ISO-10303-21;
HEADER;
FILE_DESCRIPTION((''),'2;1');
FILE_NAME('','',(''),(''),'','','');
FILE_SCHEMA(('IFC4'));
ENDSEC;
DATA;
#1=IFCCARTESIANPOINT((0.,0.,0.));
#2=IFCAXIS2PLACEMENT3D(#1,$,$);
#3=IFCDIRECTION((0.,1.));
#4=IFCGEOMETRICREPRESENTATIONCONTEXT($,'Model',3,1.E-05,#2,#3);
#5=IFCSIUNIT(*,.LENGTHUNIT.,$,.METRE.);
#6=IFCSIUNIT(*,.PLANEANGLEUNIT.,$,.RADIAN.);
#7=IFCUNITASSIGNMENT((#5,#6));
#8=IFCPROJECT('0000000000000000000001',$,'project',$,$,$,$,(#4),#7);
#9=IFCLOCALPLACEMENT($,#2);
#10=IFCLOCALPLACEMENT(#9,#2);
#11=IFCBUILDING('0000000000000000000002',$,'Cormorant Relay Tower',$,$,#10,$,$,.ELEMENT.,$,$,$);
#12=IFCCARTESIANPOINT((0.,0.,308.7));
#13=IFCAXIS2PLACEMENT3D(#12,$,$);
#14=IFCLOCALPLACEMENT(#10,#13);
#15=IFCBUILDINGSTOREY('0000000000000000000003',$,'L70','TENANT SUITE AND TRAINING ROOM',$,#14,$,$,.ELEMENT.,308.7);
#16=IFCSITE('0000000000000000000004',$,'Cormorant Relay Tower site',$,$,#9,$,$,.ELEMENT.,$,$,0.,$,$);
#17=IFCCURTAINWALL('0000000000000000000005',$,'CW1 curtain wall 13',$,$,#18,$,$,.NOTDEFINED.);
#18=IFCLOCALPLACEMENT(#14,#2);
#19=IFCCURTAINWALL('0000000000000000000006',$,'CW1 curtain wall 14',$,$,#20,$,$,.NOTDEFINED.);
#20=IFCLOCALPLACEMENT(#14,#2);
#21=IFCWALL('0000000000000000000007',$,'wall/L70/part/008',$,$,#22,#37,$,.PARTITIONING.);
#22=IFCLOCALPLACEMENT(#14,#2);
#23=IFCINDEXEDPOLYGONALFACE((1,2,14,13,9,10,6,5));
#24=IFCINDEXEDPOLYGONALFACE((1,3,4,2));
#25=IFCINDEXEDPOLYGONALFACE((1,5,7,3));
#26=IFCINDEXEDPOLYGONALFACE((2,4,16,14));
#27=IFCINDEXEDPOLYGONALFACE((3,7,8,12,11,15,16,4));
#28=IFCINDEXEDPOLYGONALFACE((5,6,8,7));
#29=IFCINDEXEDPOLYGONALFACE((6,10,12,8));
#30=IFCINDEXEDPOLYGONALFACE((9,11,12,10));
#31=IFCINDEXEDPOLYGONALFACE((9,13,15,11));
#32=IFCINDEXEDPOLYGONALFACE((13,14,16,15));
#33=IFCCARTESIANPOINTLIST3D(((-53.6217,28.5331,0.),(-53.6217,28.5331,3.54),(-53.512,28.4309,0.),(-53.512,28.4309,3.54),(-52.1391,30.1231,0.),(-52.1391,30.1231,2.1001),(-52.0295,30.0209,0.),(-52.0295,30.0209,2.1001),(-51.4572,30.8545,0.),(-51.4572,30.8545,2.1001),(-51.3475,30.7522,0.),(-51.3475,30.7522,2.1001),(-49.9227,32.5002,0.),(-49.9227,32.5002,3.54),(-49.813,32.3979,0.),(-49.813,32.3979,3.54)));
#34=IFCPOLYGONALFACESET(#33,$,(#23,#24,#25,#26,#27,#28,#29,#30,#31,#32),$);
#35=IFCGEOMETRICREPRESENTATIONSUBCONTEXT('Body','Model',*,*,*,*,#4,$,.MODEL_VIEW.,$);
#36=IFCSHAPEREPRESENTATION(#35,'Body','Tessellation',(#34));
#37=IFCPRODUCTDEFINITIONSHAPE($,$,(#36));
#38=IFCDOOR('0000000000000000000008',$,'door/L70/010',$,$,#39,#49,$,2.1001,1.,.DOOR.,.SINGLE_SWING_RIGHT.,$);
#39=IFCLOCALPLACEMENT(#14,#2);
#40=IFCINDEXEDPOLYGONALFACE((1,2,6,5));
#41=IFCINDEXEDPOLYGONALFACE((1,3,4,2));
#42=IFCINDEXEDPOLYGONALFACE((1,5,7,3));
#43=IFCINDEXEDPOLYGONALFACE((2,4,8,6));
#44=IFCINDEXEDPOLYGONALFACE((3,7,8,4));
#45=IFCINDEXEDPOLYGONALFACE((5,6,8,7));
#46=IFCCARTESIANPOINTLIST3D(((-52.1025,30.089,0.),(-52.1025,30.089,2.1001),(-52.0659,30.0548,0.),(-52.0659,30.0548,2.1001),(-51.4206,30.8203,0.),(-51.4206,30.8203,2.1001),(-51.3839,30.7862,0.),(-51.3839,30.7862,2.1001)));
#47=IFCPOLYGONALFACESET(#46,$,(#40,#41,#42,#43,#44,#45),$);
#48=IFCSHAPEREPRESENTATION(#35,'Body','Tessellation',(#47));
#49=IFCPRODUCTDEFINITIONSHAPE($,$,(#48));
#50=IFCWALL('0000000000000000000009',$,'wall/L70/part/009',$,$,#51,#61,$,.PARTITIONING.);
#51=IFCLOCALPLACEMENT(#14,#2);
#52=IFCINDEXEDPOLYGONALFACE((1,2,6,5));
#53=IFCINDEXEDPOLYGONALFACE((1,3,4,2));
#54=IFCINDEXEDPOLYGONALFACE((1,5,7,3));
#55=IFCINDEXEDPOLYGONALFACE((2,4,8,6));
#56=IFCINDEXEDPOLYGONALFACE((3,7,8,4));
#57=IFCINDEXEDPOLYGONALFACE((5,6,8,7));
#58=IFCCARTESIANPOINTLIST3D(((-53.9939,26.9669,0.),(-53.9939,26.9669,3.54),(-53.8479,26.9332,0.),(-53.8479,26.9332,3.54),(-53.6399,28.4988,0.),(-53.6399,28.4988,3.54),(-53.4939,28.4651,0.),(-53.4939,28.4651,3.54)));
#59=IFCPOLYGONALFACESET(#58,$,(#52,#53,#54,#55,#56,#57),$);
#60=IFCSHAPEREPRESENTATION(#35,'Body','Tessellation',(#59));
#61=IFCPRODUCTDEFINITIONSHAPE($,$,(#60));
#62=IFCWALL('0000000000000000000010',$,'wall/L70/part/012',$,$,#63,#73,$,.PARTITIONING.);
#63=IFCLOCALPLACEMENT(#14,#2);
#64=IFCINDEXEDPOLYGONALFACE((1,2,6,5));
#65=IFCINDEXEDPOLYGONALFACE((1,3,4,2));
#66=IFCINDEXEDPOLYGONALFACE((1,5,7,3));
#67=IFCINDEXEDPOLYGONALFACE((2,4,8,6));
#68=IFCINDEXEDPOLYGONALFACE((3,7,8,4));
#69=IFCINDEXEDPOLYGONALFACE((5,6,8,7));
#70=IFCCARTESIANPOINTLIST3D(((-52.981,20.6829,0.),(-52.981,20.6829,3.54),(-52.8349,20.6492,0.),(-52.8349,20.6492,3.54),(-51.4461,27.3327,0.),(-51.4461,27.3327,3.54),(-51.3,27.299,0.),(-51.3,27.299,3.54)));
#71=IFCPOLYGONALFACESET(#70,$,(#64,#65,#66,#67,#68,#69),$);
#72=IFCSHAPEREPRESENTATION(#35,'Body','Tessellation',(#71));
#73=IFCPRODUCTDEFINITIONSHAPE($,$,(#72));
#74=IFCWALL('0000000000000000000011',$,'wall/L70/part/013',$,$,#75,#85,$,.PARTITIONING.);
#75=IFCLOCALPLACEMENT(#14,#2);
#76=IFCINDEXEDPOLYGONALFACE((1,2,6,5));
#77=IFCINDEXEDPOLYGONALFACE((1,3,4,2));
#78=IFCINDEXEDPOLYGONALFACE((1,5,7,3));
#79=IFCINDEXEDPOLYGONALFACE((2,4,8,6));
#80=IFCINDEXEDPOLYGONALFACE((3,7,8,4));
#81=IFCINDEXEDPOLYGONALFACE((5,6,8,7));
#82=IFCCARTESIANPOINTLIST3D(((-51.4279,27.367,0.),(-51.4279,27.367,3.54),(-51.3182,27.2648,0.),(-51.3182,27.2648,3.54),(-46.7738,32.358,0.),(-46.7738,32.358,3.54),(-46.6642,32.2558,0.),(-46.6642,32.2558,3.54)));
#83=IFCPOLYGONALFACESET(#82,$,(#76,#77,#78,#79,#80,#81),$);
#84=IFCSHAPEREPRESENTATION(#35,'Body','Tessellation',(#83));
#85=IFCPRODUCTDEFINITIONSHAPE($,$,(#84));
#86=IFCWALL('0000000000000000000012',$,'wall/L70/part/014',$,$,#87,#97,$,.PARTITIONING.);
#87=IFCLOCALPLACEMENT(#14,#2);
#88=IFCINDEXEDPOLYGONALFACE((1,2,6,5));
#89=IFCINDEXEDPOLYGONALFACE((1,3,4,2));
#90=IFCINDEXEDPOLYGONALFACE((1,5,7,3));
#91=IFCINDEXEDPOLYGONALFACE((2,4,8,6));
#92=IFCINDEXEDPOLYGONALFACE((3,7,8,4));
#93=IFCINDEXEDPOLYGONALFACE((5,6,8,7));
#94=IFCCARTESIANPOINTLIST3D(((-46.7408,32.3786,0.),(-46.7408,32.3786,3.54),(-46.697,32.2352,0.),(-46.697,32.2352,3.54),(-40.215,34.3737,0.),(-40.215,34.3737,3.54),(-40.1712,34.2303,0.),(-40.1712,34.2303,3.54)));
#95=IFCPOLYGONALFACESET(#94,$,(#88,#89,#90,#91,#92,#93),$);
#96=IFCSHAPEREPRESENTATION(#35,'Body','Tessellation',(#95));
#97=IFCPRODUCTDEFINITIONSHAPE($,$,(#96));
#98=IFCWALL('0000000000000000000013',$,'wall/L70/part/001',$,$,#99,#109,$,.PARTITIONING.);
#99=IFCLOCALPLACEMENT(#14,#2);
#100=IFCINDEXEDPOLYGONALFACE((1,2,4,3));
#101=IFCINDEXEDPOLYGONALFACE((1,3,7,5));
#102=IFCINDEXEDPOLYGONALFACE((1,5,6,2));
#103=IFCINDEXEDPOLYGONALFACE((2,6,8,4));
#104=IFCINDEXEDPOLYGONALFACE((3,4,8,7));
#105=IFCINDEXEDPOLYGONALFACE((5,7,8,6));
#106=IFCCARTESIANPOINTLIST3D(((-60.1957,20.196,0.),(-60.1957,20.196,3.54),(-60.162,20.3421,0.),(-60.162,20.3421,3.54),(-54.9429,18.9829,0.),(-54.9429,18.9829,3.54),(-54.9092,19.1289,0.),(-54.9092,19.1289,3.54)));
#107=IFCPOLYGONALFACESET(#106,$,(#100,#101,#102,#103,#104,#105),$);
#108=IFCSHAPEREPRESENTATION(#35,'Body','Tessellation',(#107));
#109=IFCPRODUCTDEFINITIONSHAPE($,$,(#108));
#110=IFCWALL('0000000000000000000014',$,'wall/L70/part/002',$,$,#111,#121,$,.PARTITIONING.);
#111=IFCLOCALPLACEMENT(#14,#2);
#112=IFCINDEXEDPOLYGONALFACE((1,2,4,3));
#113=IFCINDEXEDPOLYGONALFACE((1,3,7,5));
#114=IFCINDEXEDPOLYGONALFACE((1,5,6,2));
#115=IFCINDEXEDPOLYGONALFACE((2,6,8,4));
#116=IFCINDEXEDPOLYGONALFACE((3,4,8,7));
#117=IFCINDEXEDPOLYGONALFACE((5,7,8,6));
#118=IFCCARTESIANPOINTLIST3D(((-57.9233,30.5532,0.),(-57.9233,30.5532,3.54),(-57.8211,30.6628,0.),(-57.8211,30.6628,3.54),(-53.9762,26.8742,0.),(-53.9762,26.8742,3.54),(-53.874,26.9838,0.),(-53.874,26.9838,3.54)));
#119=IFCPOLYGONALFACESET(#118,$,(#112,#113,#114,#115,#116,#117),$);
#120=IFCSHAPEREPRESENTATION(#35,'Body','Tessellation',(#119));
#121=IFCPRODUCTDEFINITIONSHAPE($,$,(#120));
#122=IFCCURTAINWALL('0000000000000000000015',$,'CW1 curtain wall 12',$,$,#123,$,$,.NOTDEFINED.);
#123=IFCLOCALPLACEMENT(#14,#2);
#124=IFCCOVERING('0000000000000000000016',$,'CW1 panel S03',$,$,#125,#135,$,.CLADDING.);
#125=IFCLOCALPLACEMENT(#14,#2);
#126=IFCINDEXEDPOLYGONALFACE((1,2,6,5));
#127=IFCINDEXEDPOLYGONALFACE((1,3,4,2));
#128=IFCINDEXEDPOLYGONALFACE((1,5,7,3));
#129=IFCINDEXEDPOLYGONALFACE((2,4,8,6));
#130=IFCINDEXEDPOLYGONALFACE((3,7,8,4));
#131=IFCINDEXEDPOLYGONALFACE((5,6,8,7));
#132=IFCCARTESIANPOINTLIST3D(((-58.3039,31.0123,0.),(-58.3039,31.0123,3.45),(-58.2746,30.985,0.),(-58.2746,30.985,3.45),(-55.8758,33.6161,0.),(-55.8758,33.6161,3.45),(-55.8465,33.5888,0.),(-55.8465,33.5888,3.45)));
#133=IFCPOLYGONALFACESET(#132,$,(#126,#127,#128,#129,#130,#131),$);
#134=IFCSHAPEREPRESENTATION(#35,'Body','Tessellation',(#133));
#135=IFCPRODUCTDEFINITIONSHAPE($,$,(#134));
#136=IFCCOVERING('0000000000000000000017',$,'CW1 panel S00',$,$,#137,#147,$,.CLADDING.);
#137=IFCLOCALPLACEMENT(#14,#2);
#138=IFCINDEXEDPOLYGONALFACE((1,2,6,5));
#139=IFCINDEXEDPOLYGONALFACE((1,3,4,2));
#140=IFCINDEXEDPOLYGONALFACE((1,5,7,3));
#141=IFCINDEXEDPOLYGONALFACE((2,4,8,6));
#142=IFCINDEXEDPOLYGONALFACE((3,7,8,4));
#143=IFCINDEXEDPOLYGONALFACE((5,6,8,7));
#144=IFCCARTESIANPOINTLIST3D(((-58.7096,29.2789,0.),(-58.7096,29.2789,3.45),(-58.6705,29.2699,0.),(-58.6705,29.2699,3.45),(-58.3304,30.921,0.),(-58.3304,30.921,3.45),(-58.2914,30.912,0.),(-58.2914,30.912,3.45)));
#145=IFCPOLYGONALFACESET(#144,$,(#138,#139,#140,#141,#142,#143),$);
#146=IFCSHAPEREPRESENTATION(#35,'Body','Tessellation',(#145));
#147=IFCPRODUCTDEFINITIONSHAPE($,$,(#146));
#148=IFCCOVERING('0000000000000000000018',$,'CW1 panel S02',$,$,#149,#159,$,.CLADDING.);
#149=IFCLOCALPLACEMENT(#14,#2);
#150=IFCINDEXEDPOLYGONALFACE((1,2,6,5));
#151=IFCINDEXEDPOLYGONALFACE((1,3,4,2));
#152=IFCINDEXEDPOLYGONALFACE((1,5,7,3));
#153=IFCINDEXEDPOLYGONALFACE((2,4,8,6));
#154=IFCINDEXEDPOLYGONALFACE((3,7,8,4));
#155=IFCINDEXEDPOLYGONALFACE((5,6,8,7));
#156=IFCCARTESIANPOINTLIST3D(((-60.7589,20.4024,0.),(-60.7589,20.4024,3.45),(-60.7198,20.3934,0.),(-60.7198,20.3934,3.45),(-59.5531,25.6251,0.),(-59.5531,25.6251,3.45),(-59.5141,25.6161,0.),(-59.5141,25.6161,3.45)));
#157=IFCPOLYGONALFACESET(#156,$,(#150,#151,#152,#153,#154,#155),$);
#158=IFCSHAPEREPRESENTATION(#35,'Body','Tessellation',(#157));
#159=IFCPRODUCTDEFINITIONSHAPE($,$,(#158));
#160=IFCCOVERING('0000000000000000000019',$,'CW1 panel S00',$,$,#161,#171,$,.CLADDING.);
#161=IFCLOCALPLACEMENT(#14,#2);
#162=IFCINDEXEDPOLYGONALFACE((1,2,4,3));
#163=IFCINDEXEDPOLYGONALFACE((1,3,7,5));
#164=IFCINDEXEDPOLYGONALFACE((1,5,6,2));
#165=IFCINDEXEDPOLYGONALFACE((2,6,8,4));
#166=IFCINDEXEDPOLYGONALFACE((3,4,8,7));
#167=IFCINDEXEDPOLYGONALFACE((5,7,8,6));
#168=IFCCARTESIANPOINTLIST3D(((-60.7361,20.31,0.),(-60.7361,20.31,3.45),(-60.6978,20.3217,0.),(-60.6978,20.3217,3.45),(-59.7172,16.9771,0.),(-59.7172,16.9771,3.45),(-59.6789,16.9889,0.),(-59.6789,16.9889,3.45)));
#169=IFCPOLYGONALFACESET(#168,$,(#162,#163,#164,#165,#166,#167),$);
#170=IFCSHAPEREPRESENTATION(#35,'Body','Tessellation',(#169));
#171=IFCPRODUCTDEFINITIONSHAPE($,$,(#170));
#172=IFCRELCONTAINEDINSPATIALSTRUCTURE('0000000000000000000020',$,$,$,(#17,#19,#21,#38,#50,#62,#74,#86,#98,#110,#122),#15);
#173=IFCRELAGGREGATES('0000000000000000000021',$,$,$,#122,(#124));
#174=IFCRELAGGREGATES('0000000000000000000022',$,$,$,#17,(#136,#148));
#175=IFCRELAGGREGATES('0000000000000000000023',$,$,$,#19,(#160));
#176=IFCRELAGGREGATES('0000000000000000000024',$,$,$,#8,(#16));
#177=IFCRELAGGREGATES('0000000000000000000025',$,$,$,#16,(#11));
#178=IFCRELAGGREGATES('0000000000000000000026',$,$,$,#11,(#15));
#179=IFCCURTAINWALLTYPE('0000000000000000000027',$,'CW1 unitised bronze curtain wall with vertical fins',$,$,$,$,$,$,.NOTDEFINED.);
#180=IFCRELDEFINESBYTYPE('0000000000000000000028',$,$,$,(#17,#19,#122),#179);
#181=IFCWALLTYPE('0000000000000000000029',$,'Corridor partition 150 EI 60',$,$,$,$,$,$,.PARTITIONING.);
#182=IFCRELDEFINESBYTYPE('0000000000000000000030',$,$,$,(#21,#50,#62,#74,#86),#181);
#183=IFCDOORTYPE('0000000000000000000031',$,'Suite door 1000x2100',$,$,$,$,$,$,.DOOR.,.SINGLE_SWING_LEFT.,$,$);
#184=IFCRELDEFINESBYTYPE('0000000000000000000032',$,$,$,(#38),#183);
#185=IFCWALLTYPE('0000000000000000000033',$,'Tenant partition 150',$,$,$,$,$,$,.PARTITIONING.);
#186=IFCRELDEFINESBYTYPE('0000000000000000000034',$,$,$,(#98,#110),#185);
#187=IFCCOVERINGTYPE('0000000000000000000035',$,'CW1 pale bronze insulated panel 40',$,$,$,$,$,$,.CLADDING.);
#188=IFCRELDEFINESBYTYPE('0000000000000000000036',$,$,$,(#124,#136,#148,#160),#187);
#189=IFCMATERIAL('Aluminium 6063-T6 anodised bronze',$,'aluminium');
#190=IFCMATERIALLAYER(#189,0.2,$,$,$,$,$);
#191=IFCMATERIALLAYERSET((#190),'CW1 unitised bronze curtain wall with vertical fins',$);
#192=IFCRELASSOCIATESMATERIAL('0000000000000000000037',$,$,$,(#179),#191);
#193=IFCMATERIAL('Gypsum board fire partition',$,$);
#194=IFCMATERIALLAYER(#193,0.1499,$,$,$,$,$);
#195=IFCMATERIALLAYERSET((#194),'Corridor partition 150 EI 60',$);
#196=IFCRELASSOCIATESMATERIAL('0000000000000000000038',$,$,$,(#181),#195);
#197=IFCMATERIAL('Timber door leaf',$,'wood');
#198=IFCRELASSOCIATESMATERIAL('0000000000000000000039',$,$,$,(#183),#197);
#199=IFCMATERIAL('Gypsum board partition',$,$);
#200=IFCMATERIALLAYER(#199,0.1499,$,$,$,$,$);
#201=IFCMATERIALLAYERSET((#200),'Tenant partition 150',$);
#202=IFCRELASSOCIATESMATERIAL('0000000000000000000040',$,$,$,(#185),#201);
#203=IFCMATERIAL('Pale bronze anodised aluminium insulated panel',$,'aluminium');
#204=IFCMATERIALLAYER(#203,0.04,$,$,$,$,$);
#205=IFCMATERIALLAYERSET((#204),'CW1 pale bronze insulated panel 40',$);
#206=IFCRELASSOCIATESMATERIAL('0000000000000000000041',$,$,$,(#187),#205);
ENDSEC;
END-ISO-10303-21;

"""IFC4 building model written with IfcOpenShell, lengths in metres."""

from ifc_helpers import new_model, si_unit, direction, frame, frame_2d, origin, origin_2d, place, context, subcontext, project, spatial, rectangle, extrude, material, layer, layer_set, type_object, element, fill, aggregate, save


model = new_model("IFC4")

# Units and contexts
model_context = context("Model", 3, precision=1e-05, world=origin(), true_north=direction((0.0, 1.0)))
body_context = subcontext(model_context, "Body", "Model", "MODEL_VIEW")
ifc_project = project(units=[si_unit("LENGTHUNIT", "METRE"), si_unit("PLANEANGLEUNIT", "RADIAN")], contexts=[model_context])

# Site, building, storey
site_placement = place(None, origin())
site = spatial("IfcSite", under=ifc_project, at=site_placement, Name="Cormorant Relay Tower site", CompositionType="ELEMENT", RefElevation=0.0)
building_placement = place(site_placement, origin())
building = spatial("IfcBuilding", under=site, at=building_placement, Name="Cormorant Relay Tower", CompositionType="ELEMENT")
storey_placement = place(building_placement, frame((0.0, 0.0, 308.7)))
storey = spatial("IfcBuildingStorey", under=building, at=storey_placement, Name="L70", Description="TENANT SUITE AND TRAINING ROOM", CompositionType="ELEMENT", Elevation=308.7)

# Curtain wall
ifc_material_1 = material(Name="Aluminium 6063-T6 anodised bronze", Category="aluminium")
ifc_layer_1 = layer(ifc_material_1, 0.2)
ifc_layer_set_1 = layer_set([ifc_layer_1], Name="CW1 unitised bronze curtain wall with vertical fins")
curtain_wall_type = type_object("IfcCurtainWallType", Name="CW1 unitised bronze curtain wall with vertical fins", PredefinedType="NOTDEFINED", material=ifc_layer_set_1)
curtain_wall_1_placement = place(storey_placement, origin())
curtain_wall_1 = element("IfcCurtainWall", 1, at=curtain_wall_1_placement, inside=storey, type_object=curtain_wall_type, Name="CW1 curtain wall 13", PredefinedType="NOTDEFINED")

# Curtain wall
curtain_wall_2_placement = place(storey_placement, origin())
curtain_wall_2 = element("IfcCurtainWall", 2, at=curtain_wall_2_placement, inside=storey, type_object=curtain_wall_type, Name="CW1 curtain wall 14", PredefinedType="NOTDEFINED")

# Shared definitions
ifc_material_2 = material(Name="Gypsum board fire partition")
ifc_layer_2 = layer(ifc_material_2, 0.1499)
ifc_layer_set_2 = layer_set([ifc_layer_2], Name="Corridor partition 150 EI 60")
wall_type_1 = type_object("IfcWallType", Name="Corridor partition 150 EI 60", PredefinedType="PARTITIONING", material=ifc_layer_set_2)

# Shared definitions
ifc_material_3 = material(Name="Timber door leaf", Category="wood")
door_type = type_object("IfcDoorType", Name="Suite door 1000x2100", OperationType="SINGLE_SWING_LEFT", PredefinedType="DOOR", material=ifc_material_3)

# Wall, opening, door
wall_1_placement = place(storey_placement, frame((-49.8679, 32.449, 0.0), z_axis=(0.0, 0.0, 1.0), x_axis=(-0.681964, -0.731386, 0.0)))
wall_1 = element("IfcWall", 3, at=wall_1_placement, inside=storey, type_object=wall_type_1, Name="wall/L70/part/008", PredefinedType="PARTITIONING", context=body_context, shape_type="SweptSolid", body=[
    extrude(rectangle(XDim=5.4241, YDim=0.1499, at=frame_2d((2.7119, 0.0))), origin(), (0.0, 0.0, 1.0), 3.54),
])
opening_1_placement = place(wall_1_placement, frame((2.25, 0.0, 0.0)))
opening_1 = element("IfcOpeningElement", 4, at=opening_1_placement, cuts=wall_1, PredefinedType="OPENING", context=body_context, shape_type="SweptSolid", body=[
    extrude(rectangle(XDim=1.0, YDim=2.1001, at=frame_2d((0.5, 1.05))), frame((0.0, 0.085, 0.0), z_axis=(0.0, -1.0, 0.0), x_axis=(1.0, 0.0, 0.0)), (0.0, 0.0, 1.0), 0.1699),
])
door_1_placement = place(opening_1_placement, frame((1.0, 0.0, 0.0), z_axis=(0.0, 0.0, 1.0), x_axis=(-1.0, 0.0, 0.0)))
door_1 = element("IfcDoor", 5, at=door_1_placement, inside=storey, type_object=door_type, Name="door/L70/010", OperationType="SINGLE_SWING_RIGHT", OverallHeight=2.1001, OverallWidth=1.0, PredefinedType="DOOR", context=body_context, shape_type="SweptSolid", body=[
    extrude(rectangle(XDim=1.0, YDim=2.1001, at=frame_2d((0.5, 1.05))), frame((0.0, 0.0249, 0.0), z_axis=(0.0, -1.0, 0.0), x_axis=(1.0, 0.0, 0.0)), (0.0, 0.0, 1.0), 0.05),
])
fill(opening_1, door_1)

# Walls
wall_2_placement = place(storey_placement, frame((-53.5669, 28.4819, 0.0), z_axis=(0.0, 0.0, 1.0), x_axis=(-0.225143, -0.974326, 0.0)))
element("IfcWall", 6, at=wall_2_placement, inside=storey, type_object=wall_type_1, Name="wall/L70/part/009", PredefinedType="PARTITIONING", context=body_context, shape_type="SweptSolid", body=[
    extrude(rectangle(XDim=1.5723, YDim=0.1499, at=frame_2d((0.7861, 0.0))), origin(), (0.0, 0.0, 1.0), 3.54),
])
wall_3_placement = place(storey_placement, frame((-52.908, 20.666, 0.0), z_axis=(0.0, 0.0, 1.0), x_axis=(0.224904, 0.974381, 0.0)))
element("IfcWall", 7, at=wall_3_placement, inside=storey, type_object=wall_type_1, Name="wall/L70/part/012", PredefinedType="PARTITIONING", context=body_context, shape_type="SweptSolid", body=[
    extrude(rectangle(XDim=6.8247, YDim=0.1499, at=frame_2d((3.4124, 0.0))), origin(), (0.0, 0.0, 1.0), 3.54),
])
wall_4_placement = place(storey_placement, frame((-51.373, 27.3159, 0.0), z_axis=(0.0, 0.0, 1.0), x_axis=(0.681991, 0.731361, 0.0)))
element("IfcWall", 8, at=wall_4_placement, inside=storey, type_object=wall_type_1, Name="wall/L70/part/013", PredefinedType="PARTITIONING", context=body_context, shape_type="SweptSolid", body=[
    extrude(rectangle(XDim=6.8242, YDim=0.1499, at=frame_2d((3.4121, 0.0))), origin(), (0.0, 0.0, 1.0), 3.54),
])
wall_5_placement = place(storey_placement, frame((-46.719, 32.3069, 0.0), z_axis=(0.0, 0.0, 1.0), x_axis=(0.956307, 0.292366, 0.0)))
element("IfcWall", 9, at=wall_5_placement, inside=storey, type_object=wall_type_1, Name="wall/L70/part/014", PredefinedType="PARTITIONING", context=body_context, shape_type="SweptSolid", body=[
    extrude(rectangle(XDim=6.824, YDim=0.1499, at=frame_2d((3.4121, 0.0))), origin(), (0.0, 0.0, 1.0), 3.54),
])
ifc_material_4 = material(Name="Gypsum board partition")
ifc_layer_3 = layer(ifc_material_4, 0.1499)
ifc_layer_set_3 = layer_set([ifc_layer_3], Name="Tenant partition 150")
wall_type_2 = type_object("IfcWallType", Name="Tenant partition 150", PredefinedType="PARTITIONING", material=ifc_layer_set_3)
wall_6_placement = place(storey_placement, frame((-54.926, 19.0559, 0.0), z_axis=(0.0, 0.0, 1.0), x_axis=(-0.974354, 0.225022, 0.0)))
element("IfcWall", 10, at=wall_6_placement, inside=storey, type_object=wall_type_2, Name="wall/L70/part/001", PredefinedType="PARTITIONING", context=body_context, shape_type="SweptSolid", body=[
    extrude(rectangle(XDim=5.3911, YDim=0.1499, at=frame_2d((2.6956, 0.0))), origin(), (0.0, 0.0, 1.0), 3.54),
])
wall_7_placement = place(storey_placement, frame((-57.8721, 30.6079, 0.0), z_axis=(0.0, 0.0, 1.0), x_axis=(0.731511, -0.68183, 0.0)))
element("IfcWall", 11, at=wall_7_placement, inside=storey, type_object=wall_type_2, Name="wall/L70/part/002", PredefinedType="PARTITIONING", context=body_context, shape_type="SweptSolid", body=[
    extrude(rectangle(XDim=5.3958, YDim=0.1499, at=frame_2d((2.6978, 0.0))), origin(), (0.0, 0.0, 1.0), 3.54),
])

# Curtain wall, covering
curtain_wall_3_placement = place(storey_placement, origin())
curtain_wall_3 = element("IfcCurtainWall", 12, at=curtain_wall_3_placement, inside=storey, type_object=curtain_wall_type, Name="CW1 curtain wall 12", PredefinedType="NOTDEFINED")
ifc_material_5 = material(Name="Pale bronze anodised aluminium insulated panel", Category="aluminium")
ifc_layer_4 = layer(ifc_material_5, 0.04)
ifc_layer_set_4 = layer_set([ifc_layer_4], Name="CW1 pale bronze insulated panel 40")
covering_type = type_object("IfcCoveringType", Name="CW1 pale bronze insulated panel 40", PredefinedType="CLADDING", material=ifc_layer_set_4)
covering_1_placement = place(storey_placement, frame((-57.0752, 32.3005, 0.0), z_axis=(0.0, 0.0, 1.0), x_axis=(-0.681998, -0.731354, 0.0)))
covering_1 = element("IfcCovering", 13, at=covering_1_placement, type_object=covering_type, Name="CW1 panel S03", PredefinedType="CLADDING", context=body_context, shape_type="SweptSolid", body=[
    extrude(rectangle(XDim=3.5603, YDim=0.04, at=origin_2d()), origin(), (0.0, 0.0, 1.0), 3.45),
])
aggregate(curtain_wall_3, [covering_1])

# Coverings
covering_2_placement = place(storey_placement, frame((-58.5005, 30.0955, 0.0), z_axis=(0.0, 0.0, 1.0), x_axis=(-0.224951, -0.97437, 0.0)))
covering_2 = element("IfcCovering", 14, at=covering_2_placement, type_object=covering_type, Name="CW1 panel S00", PredefinedType="CLADDING", context=body_context, shape_type="SweptSolid", body=[
    extrude(rectangle(XDim=1.6853, YDim=0.04, at=origin_2d()), origin(), (0.0, 0.0, 1.0), 3.45),
])
covering_3_placement = place(storey_placement, frame((-60.1365, 23.0093, 0.0), z_axis=(0.0, 0.0, 1.0), x_axis=(-0.224951, -0.97437, 0.0)))
covering_3 = element("IfcCovering", 15, at=covering_3_placement, type_object=covering_type, Name="CW1 panel S02", PredefinedType="CLADDING", context=body_context, shape_type="SweptSolid", body=[
    extrude(rectangle(XDim=5.3601, YDim=0.04, at=origin_2d()), origin(), (0.0, 0.0, 1.0), 3.45),
])
aggregate(curtain_wall_1, [covering_2, covering_3])
covering_4_placement = place(storey_placement, frame((-60.2075, 18.6494, 0.0), z_axis=(0.0, 0.0, 1.0), x_axis=(0.292372, -0.956305, 0.0)))
covering_4 = element("IfcCovering", 16, at=covering_4_placement, type_object=covering_type, Name="CW1 panel S00", PredefinedType="CLADDING", context=body_context, shape_type="SweptSolid", body=[
    extrude(rectangle(XDim=3.4851, YDim=0.04, at=origin_2d()), origin(), (0.0, 0.0, 1.0), 3.45),
])
aggregate(curtain_wall_2, [covering_4])

save(model, "model.ifc")
